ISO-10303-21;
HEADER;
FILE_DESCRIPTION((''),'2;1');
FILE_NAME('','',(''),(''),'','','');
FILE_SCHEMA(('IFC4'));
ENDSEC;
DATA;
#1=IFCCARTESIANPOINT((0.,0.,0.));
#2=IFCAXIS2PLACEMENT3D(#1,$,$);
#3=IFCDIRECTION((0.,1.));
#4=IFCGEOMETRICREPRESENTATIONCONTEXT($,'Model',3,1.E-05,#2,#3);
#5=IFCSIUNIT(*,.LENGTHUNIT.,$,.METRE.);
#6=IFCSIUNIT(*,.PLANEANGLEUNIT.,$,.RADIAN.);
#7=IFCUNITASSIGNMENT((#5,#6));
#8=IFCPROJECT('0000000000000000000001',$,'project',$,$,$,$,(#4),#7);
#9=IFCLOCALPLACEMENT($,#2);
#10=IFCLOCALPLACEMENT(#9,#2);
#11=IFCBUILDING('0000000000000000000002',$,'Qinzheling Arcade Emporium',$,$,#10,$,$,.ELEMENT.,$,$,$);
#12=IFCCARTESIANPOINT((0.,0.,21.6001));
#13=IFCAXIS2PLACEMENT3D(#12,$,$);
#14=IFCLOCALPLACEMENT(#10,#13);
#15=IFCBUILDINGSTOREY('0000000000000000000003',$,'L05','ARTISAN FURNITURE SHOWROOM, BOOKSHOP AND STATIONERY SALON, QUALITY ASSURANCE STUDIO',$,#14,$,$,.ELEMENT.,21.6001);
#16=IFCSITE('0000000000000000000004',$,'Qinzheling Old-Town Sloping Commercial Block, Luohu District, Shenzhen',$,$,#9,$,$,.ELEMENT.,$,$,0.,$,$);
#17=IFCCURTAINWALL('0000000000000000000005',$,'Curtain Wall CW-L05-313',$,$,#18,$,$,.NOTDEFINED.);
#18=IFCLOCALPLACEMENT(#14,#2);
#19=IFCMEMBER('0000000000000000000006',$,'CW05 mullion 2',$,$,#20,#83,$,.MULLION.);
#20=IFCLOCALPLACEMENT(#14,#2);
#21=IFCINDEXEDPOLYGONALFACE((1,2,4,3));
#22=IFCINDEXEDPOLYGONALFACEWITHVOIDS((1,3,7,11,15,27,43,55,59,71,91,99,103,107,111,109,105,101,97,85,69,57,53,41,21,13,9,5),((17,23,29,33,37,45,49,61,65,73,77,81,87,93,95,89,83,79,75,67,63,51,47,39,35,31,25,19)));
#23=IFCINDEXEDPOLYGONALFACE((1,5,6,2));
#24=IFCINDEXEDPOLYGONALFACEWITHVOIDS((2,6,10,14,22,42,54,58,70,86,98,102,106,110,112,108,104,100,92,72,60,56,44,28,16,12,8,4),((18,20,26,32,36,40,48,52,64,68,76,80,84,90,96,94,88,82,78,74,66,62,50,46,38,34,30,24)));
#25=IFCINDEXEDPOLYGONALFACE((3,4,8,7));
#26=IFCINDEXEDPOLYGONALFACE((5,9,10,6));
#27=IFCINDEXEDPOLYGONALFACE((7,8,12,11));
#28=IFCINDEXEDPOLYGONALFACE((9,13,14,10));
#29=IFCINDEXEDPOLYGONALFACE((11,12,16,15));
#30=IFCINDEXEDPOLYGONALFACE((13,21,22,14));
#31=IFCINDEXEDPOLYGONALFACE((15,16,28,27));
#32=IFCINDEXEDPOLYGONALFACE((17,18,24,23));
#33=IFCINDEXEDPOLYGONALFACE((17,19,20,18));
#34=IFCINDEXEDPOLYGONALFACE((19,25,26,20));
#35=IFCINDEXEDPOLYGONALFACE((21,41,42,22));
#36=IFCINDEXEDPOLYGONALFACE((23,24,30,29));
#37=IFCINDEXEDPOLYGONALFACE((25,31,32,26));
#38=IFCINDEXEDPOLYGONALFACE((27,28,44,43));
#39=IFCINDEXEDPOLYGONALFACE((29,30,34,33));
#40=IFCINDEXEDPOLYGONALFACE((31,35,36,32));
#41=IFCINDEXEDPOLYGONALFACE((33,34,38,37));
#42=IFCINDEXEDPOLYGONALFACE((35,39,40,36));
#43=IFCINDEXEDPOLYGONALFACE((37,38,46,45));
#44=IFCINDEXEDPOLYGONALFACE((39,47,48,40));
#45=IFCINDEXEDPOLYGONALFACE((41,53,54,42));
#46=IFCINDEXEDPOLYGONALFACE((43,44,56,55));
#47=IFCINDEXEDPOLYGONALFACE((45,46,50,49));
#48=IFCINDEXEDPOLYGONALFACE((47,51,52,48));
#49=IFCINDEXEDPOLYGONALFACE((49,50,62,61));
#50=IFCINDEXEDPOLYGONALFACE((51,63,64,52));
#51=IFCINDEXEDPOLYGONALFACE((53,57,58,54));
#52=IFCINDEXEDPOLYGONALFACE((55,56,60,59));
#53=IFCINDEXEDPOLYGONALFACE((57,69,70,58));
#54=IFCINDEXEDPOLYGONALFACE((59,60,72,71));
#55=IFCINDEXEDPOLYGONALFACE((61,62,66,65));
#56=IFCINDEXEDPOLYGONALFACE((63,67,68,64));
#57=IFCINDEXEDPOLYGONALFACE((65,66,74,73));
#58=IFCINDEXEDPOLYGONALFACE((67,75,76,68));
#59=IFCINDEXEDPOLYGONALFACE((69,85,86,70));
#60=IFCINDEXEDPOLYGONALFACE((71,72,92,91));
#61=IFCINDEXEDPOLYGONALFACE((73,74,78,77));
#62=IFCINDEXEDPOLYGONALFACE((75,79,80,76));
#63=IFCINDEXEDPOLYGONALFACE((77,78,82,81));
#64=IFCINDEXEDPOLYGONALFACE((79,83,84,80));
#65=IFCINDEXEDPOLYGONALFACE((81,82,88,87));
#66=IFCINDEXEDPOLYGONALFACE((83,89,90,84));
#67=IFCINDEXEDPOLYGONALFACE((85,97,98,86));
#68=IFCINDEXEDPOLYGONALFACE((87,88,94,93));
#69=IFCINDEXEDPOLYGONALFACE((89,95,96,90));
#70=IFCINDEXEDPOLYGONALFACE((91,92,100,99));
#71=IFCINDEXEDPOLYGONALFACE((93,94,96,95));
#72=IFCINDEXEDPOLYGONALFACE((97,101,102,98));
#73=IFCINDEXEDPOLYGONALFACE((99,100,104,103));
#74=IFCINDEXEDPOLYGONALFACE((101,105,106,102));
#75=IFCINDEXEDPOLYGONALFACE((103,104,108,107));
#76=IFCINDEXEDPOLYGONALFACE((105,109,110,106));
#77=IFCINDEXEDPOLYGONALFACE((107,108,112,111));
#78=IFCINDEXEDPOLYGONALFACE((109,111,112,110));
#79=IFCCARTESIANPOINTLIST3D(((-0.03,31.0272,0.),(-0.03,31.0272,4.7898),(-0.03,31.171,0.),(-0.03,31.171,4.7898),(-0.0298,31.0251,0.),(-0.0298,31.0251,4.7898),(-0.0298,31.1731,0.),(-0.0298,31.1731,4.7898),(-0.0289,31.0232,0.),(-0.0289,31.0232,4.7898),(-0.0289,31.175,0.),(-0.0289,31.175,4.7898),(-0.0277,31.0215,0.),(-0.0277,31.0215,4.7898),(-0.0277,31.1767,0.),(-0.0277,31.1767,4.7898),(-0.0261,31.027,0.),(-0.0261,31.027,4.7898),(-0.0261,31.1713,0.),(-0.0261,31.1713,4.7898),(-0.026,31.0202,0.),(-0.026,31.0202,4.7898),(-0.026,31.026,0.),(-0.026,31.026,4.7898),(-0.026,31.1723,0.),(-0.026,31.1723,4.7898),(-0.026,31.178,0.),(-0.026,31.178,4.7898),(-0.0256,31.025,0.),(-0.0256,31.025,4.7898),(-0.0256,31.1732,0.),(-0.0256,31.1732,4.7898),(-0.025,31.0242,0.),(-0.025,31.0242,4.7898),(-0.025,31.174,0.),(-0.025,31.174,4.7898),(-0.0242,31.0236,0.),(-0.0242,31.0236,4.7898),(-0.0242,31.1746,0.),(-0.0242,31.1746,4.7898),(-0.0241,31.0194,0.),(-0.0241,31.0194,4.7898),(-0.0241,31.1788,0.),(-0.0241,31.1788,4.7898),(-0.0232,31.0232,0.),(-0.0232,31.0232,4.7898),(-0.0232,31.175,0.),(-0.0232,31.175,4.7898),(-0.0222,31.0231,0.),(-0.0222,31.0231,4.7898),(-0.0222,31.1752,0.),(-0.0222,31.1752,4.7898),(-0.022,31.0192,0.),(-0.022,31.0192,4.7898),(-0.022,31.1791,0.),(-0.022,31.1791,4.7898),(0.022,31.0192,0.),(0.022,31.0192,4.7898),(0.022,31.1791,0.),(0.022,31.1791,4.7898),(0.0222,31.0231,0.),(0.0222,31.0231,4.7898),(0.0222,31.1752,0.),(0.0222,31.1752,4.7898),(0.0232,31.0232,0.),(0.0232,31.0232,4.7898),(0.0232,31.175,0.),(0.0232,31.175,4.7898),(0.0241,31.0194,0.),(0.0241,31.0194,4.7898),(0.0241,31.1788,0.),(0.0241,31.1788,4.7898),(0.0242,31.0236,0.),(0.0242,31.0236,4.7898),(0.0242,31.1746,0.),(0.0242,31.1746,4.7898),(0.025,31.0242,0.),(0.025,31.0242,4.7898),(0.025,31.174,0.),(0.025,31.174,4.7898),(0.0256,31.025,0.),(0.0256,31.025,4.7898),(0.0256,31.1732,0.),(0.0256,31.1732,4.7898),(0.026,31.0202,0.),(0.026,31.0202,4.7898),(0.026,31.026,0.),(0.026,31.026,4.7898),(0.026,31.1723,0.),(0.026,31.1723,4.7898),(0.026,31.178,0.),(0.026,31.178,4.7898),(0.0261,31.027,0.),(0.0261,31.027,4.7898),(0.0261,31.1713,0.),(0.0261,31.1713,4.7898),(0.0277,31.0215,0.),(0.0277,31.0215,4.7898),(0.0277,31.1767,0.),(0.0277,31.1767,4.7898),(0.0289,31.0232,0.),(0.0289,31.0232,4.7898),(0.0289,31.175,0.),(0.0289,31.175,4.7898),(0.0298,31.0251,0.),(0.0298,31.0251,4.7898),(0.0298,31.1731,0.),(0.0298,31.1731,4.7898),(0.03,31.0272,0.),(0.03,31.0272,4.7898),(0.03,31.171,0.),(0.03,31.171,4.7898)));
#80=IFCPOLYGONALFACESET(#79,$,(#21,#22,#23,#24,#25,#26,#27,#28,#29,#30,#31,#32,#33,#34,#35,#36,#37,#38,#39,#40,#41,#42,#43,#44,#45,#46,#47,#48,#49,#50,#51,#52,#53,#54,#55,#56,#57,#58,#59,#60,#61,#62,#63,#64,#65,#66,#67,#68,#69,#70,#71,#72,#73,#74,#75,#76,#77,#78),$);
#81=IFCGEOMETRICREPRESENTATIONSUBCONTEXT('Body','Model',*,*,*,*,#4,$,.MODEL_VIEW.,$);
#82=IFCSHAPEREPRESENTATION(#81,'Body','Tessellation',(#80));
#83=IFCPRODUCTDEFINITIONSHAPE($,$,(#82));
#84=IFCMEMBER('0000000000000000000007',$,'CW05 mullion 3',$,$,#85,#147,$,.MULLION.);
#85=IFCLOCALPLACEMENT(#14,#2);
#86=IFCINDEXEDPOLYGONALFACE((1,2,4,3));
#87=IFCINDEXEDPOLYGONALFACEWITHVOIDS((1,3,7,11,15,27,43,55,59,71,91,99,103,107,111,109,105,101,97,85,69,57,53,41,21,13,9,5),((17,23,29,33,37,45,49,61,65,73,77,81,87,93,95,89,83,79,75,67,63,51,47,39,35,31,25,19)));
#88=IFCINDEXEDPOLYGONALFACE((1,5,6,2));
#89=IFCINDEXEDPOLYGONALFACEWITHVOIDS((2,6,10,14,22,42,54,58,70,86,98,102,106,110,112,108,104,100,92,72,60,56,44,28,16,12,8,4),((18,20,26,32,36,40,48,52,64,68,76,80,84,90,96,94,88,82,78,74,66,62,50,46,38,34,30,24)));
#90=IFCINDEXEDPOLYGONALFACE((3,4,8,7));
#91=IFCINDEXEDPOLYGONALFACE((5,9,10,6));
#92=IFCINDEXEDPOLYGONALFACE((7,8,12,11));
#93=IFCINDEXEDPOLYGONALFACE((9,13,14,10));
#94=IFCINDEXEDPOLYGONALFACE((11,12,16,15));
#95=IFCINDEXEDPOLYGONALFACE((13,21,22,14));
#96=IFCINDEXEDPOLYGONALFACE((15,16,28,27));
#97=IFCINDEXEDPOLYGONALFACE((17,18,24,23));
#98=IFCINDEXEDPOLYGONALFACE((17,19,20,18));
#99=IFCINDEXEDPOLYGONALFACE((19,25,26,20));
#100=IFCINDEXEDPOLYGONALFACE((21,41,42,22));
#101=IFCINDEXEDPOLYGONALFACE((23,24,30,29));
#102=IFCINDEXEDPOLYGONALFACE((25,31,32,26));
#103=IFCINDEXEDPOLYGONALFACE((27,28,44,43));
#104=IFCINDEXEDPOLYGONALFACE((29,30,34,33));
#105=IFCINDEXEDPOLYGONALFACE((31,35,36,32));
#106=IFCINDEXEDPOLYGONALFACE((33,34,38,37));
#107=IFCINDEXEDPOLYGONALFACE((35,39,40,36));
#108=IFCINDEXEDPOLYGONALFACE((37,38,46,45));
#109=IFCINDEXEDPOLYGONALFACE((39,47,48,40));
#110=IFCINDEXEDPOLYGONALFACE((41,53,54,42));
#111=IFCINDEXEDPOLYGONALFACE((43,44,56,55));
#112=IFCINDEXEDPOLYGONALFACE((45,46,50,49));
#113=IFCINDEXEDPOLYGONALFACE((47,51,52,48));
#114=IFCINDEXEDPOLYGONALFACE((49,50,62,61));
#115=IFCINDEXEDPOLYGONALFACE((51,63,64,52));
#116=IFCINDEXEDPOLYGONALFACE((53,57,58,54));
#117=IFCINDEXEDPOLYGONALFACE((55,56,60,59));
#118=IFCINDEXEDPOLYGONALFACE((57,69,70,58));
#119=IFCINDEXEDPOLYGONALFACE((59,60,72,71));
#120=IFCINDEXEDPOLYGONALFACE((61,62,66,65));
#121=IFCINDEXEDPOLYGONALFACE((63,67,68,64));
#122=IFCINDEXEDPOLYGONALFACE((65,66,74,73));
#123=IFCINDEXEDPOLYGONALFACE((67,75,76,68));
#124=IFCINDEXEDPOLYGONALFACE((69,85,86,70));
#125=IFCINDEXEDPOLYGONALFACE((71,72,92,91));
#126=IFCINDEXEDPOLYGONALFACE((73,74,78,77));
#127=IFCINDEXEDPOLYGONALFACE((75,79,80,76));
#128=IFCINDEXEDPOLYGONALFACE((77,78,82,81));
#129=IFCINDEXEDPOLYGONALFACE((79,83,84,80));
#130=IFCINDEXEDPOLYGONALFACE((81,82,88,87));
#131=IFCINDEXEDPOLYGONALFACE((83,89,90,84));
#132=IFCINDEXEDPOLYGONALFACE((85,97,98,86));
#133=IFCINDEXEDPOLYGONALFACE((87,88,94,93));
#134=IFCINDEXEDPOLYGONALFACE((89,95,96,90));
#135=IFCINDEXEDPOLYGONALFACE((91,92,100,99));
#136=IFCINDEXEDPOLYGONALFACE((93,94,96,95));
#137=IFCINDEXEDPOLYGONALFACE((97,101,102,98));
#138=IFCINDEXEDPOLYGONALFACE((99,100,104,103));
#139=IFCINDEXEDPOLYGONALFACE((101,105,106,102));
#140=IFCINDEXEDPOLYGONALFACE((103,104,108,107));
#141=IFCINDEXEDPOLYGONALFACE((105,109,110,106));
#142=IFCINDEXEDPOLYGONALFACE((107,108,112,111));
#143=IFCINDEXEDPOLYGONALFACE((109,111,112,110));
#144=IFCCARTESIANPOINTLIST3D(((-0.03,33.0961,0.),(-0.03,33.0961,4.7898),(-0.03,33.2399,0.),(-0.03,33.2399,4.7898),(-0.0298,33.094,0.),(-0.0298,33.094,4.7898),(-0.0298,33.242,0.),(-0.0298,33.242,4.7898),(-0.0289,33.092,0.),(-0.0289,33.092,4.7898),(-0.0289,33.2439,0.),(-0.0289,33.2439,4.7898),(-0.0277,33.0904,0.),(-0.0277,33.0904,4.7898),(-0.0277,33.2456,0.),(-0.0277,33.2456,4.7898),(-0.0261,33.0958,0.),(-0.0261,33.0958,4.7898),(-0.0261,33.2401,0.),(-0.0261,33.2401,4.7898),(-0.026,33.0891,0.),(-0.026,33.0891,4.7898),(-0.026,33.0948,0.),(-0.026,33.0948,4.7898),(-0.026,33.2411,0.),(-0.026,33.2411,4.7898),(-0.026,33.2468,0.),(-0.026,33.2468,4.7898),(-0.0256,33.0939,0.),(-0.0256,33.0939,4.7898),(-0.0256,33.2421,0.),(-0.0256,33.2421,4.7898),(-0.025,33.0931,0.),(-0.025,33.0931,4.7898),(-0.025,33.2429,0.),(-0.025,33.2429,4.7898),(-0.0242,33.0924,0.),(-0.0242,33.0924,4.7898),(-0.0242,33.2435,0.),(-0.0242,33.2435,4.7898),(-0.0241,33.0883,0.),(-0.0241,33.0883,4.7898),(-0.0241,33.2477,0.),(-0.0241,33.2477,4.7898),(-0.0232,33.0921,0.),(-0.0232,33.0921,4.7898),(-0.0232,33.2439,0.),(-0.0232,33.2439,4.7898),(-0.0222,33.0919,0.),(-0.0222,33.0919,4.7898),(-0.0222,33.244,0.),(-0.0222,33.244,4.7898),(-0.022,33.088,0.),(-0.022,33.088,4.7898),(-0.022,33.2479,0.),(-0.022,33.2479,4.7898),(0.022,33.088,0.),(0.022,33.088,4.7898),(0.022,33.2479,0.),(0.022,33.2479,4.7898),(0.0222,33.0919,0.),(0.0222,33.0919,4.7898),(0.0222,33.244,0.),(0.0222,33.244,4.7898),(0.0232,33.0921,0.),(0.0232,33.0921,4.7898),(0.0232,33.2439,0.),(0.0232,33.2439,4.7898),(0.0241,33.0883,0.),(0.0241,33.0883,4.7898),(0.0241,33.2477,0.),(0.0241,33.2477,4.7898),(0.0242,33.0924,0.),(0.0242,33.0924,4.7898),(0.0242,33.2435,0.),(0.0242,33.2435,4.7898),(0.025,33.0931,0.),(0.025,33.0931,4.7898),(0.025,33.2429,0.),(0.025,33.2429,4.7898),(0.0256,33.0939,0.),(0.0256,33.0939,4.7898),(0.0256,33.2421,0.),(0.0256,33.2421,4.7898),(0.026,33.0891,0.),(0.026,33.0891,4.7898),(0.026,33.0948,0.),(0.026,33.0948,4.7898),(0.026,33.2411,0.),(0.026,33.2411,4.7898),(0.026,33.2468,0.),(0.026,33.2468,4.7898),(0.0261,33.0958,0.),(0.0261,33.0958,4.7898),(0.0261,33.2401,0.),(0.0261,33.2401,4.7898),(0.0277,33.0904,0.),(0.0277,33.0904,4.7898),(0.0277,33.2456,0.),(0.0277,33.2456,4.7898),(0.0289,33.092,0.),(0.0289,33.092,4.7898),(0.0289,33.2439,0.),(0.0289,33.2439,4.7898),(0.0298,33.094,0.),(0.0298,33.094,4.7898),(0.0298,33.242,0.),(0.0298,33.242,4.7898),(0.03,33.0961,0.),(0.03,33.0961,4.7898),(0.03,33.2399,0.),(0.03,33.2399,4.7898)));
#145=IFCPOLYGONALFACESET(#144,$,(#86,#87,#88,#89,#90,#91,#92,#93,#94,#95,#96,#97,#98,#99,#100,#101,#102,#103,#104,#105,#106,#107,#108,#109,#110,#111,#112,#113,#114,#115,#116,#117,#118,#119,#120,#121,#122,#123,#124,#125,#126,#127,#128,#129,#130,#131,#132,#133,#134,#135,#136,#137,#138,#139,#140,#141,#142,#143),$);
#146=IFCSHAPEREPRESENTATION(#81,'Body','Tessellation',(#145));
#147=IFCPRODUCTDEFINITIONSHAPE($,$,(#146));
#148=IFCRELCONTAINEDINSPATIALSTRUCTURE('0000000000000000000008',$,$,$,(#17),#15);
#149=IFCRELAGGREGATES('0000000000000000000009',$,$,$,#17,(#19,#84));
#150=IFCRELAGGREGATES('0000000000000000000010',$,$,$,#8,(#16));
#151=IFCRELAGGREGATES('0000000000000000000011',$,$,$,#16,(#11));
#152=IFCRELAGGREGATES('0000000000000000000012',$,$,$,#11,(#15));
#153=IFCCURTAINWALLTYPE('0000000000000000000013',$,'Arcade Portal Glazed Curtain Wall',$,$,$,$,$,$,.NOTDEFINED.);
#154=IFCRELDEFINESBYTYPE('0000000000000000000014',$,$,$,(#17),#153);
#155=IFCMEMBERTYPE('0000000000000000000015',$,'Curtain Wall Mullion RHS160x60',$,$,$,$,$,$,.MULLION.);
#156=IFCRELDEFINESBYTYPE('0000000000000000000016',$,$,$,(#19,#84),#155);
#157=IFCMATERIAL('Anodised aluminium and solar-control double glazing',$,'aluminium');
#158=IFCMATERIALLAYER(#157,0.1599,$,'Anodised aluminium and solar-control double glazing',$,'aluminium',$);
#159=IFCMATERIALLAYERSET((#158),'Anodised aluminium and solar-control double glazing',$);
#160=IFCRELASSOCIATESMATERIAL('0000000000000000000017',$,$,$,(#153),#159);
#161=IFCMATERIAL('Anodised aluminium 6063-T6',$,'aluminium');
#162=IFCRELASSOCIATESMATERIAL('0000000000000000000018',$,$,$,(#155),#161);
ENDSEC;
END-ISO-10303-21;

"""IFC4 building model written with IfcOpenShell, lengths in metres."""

from ifc_helpers import new_model, si_unit, direction, frame, origin, origin_2d, place, context, subcontext, project, spatial, hollow_rectangle, extrude, material, layer, layer_set, material_profile, profile_set, type_object, element, aggregate, save


model = new_model("IFC4")

# Units and contexts
model_context = context("Model", 3, precision=1e-05, world=origin(), true_north=direction((0.0, 1.0)))
body_context = subcontext(model_context, "Body", "Model", "MODEL_VIEW")
ifc_project = project(units=[si_unit("LENGTHUNIT", "METRE"), si_unit("PLANEANGLEUNIT", "RADIAN")], contexts=[model_context])

# Site, building, storey
site_placement = place(None, origin())
site = spatial("IfcSite", under=ifc_project, at=site_placement, Name="Qinzheling Old-Town Sloping Commercial Block, Luohu District, Shenzhen", CompositionType="ELEMENT", RefElevation=0.0)
building_placement = place(site_placement, origin())
building = spatial("IfcBuilding", under=site, at=building_placement, Name="Qinzheling Arcade Emporium", CompositionType="ELEMENT")
storey_placement = place(building_placement, frame((0.0, 0.0, 21.6001)))
storey = spatial("IfcBuildingStorey", under=building, at=storey_placement, Name="L05", Description="ARTISAN FURNITURE SHOWROOM, BOOKSHOP AND STATIONERY SALON, QUALITY ASSURANCE STUDIO", CompositionType="ELEMENT", Elevation=21.6001)

# Shared definitions
ifc_material_1 = material(Name="Anodised aluminium and solar-control double glazing", Category="aluminium")
ifc_layer_1 = layer(ifc_material_1, 0.1599, Name="Anodised aluminium and solar-control double glazing", Category="aluminium")
ifc_layer_set_1 = layer_set([ifc_layer_1], Name="Anodised aluminium and solar-control double glazing")
curtain_wall_type = type_object("IfcCurtainWallType", Name="Arcade Portal Glazed Curtain Wall", PredefinedType="NOTDEFINED", material=ifc_layer_set_1)
ifc_material_2 = material(Name="Anodised aluminium 6063-T6", Category="aluminium")
ifc_material_profile_1 = material_profile(ifc_material_2, hollow_rectangle(XDim=0.0601, YDim=0.1599, WallThickness=0.0039, InnerFilletRadius=0.0039, OuterFilletRadius=0.0081, at=origin_2d()), Name="RHS 160x60x4", Category="aluminium")
ifc_profile_set_1 = profile_set([ifc_material_profile_1], Name="Anodised aluminium 6063-T6")
member_type_1 = type_object("IfcMemberType", Name="Curtain Wall Mullion RHS160x60", PredefinedType="MULLION", material=ifc_profile_set_1)

# Curtain wall, members
curtain_wall_1_placement = place(storey_placement, origin())
curtain_wall_1 = element("IfcCurtainWall", 1, at=curtain_wall_1_placement, inside=storey, type_object=curtain_wall_type, Name="Curtain Wall CW-L05-313", PredefinedType="NOTDEFINED")
member_1_placement = place(storey_placement, frame((0.0, 31.0991, 0.0), z_axis=(0.0, 0.0, 1.0), x_axis=(-1.0, 0.0, 0.0)))
member_1 = element("IfcMember", 2, at=member_1_placement, type_object=member_type_1, Name="CW05 mullion 2", PredefinedType="MULLION", context=body_context, shape_type="SweptSolid", body=[
    extrude(hollow_rectangle(XDim=0.0601, YDim=0.1599, WallThickness=0.0039, InnerFilletRadius=0.0039, OuterFilletRadius=0.0081, at=origin_2d()), origin(), (0.0, 0.0, 1.0), 4.7898),
])
member_2_placement = place(storey_placement, frame((0.0, 33.168, 0.0), z_axis=(0.0, 0.0, 1.0), x_axis=(-1.0, 0.0, 0.0)))
member_2 = element("IfcMember", 3, at=member_2_placement, type_object=member_type_1, Name="CW05 mullion 3", PredefinedType="MULLION", context=body_context, shape_type="SweptSolid", body=[
    extrude(hollow_rectangle(XDim=0.0601, YDim=0.1599, WallThickness=0.0039, InnerFilletRadius=0.0039, OuterFilletRadius=0.0081, at=origin_2d()), origin(), (0.0, 0.0, 1.0), 4.7898),
])
aggregate(curtain_wall_1, [member_1, member_2])

save(model, "model.ifc")
